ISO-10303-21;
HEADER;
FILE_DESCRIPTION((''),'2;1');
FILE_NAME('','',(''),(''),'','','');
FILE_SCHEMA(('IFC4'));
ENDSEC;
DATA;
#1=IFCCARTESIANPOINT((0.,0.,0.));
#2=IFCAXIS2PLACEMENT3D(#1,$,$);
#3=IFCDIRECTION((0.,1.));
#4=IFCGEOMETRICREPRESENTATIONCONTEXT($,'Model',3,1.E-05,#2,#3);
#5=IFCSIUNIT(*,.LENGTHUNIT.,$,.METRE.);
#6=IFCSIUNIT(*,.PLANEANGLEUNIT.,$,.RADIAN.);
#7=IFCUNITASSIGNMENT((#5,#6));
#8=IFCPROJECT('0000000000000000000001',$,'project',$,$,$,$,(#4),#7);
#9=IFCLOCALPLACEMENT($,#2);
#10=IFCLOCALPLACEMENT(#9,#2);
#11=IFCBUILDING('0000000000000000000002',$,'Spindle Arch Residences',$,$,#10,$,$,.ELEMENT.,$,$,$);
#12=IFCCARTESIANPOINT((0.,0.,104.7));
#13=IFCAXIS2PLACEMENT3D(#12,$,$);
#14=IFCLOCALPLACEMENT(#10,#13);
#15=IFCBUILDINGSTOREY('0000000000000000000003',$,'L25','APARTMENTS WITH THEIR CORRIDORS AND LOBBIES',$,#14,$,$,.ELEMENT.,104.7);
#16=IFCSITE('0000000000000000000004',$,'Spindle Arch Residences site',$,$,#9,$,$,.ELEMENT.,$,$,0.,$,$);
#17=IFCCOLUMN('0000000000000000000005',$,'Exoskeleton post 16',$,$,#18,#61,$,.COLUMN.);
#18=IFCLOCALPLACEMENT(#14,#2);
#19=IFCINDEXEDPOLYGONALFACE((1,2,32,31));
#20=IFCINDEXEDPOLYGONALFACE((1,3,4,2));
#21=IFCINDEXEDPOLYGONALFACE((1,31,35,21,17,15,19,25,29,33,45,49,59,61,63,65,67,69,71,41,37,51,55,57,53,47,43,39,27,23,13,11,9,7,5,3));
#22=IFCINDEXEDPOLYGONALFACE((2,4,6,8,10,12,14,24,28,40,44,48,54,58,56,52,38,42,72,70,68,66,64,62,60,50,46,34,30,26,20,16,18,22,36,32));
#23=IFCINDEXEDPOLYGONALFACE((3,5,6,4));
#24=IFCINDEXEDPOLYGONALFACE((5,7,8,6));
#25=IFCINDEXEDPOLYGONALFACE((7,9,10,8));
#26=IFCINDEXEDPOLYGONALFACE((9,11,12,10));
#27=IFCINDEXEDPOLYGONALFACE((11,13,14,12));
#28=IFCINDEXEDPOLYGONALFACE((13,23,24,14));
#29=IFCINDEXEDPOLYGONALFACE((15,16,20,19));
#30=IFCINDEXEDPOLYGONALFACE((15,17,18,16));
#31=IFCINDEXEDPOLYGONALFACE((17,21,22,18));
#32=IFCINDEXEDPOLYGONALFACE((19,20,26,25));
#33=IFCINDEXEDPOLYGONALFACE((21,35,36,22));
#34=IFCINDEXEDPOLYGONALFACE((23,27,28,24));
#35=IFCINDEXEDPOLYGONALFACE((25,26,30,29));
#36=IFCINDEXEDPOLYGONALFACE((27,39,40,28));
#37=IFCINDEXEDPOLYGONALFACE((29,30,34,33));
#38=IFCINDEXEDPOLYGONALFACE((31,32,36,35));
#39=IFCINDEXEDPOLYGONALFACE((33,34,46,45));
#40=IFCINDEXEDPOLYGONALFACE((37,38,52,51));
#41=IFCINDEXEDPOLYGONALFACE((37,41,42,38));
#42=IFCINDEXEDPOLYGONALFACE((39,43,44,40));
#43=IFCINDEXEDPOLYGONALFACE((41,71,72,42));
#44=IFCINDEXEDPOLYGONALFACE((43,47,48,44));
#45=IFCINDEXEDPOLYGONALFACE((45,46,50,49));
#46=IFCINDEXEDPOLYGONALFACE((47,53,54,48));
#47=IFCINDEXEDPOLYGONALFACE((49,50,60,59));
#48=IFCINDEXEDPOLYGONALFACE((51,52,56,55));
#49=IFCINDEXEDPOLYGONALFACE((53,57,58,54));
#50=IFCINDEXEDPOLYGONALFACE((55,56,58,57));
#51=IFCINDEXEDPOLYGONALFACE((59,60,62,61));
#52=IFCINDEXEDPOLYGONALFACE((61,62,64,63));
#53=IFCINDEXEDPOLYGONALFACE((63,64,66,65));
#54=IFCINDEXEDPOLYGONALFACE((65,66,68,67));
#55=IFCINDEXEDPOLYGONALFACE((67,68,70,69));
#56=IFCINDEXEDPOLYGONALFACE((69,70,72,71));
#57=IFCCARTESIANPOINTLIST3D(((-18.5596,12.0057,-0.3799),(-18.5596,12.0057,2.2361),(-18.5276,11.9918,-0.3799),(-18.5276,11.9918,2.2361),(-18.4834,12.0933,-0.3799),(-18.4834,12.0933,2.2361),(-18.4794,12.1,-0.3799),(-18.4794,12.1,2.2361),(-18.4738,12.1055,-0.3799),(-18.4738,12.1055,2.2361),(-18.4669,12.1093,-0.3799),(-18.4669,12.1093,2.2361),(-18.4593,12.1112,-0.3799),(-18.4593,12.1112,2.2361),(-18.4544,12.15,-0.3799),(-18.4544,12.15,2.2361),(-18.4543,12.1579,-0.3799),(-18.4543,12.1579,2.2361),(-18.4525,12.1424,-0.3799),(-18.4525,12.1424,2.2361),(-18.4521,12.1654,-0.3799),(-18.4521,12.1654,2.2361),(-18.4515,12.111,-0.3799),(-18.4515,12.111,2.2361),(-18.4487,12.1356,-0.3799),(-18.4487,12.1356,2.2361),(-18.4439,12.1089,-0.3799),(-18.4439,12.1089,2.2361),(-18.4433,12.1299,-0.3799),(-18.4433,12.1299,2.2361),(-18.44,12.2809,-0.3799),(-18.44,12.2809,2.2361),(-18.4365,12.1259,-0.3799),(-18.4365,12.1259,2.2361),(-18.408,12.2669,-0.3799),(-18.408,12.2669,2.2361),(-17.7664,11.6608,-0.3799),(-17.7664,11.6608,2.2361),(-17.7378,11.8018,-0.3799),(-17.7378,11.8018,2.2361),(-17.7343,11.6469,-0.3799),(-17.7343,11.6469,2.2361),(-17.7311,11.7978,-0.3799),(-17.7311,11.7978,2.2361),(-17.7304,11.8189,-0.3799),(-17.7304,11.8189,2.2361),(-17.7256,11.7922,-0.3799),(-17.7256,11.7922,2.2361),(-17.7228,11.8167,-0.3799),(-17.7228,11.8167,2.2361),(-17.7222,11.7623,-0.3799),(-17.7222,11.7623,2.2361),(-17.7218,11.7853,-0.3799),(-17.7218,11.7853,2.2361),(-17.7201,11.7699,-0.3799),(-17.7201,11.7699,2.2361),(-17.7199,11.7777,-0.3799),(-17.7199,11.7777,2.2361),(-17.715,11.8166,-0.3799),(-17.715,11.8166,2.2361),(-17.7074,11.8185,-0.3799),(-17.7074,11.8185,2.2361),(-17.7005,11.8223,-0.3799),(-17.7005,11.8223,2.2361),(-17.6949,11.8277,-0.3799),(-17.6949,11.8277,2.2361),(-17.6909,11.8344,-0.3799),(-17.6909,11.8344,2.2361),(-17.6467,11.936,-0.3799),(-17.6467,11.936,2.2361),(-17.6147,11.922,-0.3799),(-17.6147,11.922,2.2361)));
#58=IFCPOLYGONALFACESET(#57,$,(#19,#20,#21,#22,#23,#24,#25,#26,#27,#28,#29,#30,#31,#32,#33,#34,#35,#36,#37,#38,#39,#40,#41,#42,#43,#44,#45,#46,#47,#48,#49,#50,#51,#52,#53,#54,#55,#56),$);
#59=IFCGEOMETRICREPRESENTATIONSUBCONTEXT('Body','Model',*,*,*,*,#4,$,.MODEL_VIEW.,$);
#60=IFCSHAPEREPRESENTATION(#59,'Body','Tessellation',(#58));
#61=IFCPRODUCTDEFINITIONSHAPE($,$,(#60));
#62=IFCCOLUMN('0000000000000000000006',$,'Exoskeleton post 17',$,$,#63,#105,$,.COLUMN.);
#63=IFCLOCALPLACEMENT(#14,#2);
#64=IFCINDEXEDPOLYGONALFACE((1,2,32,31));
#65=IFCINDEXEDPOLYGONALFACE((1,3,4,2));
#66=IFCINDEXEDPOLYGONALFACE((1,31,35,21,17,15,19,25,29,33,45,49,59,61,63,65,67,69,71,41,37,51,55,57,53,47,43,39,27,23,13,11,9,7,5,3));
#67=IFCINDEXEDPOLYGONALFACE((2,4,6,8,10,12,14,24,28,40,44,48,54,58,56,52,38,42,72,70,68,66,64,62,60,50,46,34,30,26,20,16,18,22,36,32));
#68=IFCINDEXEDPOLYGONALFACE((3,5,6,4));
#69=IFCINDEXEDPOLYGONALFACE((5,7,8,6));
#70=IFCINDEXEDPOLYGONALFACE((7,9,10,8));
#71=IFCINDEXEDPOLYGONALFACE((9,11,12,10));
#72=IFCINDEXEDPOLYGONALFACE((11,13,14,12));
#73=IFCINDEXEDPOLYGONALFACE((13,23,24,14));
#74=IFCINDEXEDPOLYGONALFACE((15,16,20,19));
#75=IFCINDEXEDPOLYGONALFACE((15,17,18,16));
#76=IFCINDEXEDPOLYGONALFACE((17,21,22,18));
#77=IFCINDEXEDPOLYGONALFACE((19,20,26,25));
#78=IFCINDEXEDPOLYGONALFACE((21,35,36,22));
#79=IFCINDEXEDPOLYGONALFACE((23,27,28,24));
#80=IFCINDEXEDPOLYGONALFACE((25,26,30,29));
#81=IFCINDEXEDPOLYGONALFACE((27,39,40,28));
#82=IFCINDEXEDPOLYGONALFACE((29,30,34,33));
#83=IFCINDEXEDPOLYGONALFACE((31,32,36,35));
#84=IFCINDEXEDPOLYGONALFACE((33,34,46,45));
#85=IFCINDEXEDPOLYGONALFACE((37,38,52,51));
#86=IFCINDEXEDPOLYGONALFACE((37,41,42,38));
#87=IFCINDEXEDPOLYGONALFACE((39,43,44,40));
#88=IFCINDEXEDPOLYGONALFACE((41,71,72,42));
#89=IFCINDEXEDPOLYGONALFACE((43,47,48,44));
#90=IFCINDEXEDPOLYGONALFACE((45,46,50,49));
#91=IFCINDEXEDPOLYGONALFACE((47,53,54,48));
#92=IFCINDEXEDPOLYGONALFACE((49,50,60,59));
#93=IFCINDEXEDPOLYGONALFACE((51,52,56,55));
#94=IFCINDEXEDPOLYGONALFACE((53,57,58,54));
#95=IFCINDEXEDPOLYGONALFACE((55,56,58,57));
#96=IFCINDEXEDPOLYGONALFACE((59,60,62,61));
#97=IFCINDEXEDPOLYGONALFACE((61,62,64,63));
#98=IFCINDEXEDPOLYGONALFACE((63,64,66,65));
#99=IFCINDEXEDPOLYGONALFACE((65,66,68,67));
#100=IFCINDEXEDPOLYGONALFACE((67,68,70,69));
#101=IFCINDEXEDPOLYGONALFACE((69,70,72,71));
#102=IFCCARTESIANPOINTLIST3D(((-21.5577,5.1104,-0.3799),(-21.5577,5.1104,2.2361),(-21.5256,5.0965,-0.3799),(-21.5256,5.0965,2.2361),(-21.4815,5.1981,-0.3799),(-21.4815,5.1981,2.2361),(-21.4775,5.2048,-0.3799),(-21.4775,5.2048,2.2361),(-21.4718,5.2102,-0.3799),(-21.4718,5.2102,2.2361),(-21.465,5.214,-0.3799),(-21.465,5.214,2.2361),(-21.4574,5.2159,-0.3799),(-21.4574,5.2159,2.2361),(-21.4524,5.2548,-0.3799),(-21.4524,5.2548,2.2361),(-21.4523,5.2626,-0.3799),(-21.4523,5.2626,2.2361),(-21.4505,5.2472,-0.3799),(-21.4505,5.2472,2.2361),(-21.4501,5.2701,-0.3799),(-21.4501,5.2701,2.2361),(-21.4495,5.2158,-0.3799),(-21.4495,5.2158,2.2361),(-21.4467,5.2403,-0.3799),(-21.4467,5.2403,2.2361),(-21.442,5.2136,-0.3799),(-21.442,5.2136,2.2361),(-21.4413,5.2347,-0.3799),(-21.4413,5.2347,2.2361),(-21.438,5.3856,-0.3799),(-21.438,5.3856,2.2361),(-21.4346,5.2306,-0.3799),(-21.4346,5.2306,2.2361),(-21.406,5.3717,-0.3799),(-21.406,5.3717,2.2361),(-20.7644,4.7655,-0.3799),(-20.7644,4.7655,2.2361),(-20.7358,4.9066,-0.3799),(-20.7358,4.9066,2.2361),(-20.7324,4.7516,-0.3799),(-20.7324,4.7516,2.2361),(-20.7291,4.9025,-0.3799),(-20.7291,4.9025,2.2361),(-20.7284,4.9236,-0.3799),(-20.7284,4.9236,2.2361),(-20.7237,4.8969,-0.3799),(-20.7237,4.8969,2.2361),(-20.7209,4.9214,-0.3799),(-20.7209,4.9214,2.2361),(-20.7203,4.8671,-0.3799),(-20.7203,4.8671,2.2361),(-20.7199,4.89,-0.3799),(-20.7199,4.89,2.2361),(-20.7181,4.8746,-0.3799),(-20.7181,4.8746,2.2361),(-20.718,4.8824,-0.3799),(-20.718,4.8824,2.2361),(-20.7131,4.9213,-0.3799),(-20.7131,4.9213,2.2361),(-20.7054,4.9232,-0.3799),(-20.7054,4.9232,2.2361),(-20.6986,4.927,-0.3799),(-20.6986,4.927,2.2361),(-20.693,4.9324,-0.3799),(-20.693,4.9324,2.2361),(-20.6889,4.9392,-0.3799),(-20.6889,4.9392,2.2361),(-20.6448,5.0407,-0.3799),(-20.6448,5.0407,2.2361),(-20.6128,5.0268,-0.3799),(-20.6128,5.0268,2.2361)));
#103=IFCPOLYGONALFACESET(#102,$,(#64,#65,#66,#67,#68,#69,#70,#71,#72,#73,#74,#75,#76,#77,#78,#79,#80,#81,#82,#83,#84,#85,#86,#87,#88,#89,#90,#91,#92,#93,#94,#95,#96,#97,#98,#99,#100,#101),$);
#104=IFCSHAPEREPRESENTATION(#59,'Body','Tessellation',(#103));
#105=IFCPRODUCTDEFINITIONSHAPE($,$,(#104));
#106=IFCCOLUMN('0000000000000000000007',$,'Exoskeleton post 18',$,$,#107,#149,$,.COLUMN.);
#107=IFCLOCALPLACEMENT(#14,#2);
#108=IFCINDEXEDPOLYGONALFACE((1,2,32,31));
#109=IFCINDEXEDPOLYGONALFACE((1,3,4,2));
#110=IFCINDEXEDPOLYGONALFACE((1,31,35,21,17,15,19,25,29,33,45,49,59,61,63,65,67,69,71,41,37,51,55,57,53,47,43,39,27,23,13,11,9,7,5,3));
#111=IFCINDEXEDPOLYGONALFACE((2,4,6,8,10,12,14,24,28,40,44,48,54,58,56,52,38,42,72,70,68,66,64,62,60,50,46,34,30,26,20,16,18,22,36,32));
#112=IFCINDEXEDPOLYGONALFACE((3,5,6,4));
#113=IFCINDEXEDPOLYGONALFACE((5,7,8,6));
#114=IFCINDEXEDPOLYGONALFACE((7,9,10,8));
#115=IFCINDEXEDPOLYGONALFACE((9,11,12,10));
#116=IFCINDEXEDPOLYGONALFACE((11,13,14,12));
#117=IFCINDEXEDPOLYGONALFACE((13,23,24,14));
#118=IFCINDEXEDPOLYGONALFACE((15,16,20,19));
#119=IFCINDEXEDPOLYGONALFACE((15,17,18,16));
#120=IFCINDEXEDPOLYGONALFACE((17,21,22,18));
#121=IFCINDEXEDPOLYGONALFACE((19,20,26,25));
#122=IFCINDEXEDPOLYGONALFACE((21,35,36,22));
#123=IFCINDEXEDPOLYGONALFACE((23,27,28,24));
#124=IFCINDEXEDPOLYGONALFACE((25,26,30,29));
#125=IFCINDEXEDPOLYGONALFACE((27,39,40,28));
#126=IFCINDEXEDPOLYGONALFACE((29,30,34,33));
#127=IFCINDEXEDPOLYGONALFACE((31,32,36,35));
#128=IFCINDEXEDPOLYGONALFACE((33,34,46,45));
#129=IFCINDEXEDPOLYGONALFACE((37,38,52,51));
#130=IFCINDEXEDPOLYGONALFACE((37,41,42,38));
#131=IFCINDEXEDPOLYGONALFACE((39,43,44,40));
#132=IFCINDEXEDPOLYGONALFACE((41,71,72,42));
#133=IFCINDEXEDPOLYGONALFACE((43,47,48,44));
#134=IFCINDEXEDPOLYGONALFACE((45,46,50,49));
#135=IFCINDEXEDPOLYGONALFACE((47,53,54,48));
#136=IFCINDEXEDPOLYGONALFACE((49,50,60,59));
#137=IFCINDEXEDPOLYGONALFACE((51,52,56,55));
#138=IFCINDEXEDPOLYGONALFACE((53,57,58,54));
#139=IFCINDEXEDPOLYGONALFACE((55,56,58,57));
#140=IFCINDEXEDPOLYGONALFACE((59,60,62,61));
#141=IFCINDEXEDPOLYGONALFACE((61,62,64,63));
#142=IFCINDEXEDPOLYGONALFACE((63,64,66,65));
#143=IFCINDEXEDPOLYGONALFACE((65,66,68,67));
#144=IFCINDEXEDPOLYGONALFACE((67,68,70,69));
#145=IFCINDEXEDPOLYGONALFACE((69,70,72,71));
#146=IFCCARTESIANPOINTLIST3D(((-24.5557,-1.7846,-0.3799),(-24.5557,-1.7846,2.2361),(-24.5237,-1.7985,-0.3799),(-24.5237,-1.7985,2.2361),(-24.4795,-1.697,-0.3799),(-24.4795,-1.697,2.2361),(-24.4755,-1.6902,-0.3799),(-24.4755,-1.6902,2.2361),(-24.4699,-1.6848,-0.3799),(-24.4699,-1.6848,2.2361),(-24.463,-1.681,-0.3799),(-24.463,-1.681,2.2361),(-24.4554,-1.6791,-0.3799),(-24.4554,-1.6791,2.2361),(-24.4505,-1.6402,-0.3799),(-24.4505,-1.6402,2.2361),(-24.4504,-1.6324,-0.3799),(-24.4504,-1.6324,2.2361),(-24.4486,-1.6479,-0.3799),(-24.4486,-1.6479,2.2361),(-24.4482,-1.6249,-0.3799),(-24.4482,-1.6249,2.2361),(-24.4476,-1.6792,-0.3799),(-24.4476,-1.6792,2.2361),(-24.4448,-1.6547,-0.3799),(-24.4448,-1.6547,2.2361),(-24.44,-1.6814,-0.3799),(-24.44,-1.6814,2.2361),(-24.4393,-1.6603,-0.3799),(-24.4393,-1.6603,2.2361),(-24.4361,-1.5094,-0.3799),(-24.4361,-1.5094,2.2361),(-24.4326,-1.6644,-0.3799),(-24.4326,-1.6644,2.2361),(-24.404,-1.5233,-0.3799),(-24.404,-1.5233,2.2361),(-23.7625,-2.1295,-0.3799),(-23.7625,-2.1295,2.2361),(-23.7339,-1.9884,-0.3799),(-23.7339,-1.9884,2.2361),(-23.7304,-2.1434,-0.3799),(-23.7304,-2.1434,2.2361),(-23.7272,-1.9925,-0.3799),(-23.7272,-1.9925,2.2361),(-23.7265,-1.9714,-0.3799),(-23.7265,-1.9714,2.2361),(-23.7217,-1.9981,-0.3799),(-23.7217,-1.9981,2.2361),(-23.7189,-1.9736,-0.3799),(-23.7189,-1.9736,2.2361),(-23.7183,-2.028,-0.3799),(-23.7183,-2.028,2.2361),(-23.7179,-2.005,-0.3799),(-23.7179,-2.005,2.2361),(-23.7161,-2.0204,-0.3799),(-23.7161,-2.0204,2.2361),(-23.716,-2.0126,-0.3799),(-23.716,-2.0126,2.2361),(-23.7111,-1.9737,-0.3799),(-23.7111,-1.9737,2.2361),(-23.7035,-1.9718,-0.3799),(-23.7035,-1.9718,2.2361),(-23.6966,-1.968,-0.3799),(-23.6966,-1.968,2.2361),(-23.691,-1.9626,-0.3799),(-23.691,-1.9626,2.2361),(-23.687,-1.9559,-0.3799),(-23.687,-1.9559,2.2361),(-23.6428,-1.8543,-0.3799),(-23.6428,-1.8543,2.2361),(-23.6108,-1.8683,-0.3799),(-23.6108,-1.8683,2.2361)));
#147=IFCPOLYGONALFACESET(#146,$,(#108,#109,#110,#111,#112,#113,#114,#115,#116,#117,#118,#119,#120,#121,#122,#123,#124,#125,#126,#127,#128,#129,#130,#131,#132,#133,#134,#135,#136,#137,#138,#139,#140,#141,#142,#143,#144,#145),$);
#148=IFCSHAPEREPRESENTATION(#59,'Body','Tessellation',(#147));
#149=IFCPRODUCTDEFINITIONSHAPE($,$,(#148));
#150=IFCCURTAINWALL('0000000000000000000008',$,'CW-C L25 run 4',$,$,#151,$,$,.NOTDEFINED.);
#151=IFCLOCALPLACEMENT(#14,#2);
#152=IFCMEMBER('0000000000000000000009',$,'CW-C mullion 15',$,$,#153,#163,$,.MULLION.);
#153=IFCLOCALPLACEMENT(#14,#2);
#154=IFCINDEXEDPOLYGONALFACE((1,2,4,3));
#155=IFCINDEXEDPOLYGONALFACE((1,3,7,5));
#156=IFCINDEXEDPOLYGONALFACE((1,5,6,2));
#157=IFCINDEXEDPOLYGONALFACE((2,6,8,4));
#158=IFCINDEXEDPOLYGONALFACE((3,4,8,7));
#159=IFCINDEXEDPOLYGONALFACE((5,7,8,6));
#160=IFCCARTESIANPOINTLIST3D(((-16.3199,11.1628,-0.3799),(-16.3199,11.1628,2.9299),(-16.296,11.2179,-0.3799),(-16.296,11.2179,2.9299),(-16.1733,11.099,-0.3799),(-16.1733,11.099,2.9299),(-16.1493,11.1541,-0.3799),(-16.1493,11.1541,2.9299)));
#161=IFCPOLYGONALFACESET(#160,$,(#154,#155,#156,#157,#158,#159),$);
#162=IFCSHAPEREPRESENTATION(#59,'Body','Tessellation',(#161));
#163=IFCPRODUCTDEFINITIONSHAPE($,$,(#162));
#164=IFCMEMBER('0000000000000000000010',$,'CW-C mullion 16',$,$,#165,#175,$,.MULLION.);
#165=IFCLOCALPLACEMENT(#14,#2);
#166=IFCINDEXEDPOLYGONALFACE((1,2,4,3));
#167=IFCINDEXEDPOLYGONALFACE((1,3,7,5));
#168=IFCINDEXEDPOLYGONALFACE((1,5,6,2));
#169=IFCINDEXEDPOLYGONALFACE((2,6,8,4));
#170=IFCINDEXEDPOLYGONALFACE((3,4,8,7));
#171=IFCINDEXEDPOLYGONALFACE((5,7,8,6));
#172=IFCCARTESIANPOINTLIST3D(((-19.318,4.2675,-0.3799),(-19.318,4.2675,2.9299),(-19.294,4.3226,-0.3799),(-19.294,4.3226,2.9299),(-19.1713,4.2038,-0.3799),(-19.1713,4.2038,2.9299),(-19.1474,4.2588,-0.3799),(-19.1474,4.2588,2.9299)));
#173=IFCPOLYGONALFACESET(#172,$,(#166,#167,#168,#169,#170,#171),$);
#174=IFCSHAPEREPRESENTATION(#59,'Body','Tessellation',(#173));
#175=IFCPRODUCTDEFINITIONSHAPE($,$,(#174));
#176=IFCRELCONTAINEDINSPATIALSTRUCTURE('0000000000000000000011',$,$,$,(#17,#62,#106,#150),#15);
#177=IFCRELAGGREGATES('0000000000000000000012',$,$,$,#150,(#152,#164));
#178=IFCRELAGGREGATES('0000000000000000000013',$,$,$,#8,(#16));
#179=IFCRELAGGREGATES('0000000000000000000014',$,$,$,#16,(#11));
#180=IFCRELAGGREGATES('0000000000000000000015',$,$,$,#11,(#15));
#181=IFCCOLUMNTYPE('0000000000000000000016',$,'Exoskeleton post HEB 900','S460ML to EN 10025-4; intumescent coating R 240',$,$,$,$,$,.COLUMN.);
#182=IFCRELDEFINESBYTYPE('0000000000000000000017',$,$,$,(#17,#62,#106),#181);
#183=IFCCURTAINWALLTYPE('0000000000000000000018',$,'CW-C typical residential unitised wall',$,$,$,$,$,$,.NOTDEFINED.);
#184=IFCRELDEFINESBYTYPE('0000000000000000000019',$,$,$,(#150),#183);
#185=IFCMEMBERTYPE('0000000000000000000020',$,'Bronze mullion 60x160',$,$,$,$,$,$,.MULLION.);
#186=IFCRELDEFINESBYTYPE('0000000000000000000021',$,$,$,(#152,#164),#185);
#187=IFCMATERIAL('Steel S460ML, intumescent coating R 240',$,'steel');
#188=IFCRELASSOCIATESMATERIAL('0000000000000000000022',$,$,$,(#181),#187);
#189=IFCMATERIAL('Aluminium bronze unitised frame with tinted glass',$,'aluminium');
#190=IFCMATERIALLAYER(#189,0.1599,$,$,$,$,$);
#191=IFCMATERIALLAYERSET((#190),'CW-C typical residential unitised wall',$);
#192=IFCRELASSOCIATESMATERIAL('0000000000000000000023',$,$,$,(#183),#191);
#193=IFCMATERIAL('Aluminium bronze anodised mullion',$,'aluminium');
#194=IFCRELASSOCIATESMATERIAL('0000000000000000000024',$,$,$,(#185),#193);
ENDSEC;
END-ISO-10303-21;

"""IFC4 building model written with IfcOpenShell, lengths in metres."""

from ifc_helpers import new_model, si_unit, direction, frame, origin, origin_2d, place, context, subcontext, project, spatial, rectangle, i_section, extrude, material, layer, layer_set, material_profile, profile_set, type_object, element, aggregate, save


model = new_model("IFC4")

# Units and contexts
model_context = context("Model", 3, precision=1e-05, world=origin(), true_north=direction((0.0, 1.0)))
body_context = subcontext(model_context, "Body", "Model", "MODEL_VIEW")
ifc_project = project(units=[si_unit("LENGTHUNIT", "METRE"), si_unit("PLANEANGLEUNIT", "RADIAN")], contexts=[model_context])

# Site, building, storey
site_placement = place(None, origin())
site = spatial("IfcSite", under=ifc_project, at=site_placement, Name="Spindle Arch Residences site", CompositionType="ELEMENT", RefElevation=0.0)
building_placement = place(site_placement, origin())
building = spatial("IfcBuilding", under=site, at=building_placement, Name="Spindle Arch Residences", CompositionType="ELEMENT")
storey_placement = place(building_placement, frame((0.0, 0.0, 104.7)))
storey = spatial("IfcBuildingStorey", under=building, at=storey_placement, Name="L25", Description="APARTMENTS WITH THEIR CORRIDORS AND LOBBIES", CompositionType="ELEMENT", Elevation=104.7)

# Columns
ifc_material_1 = material(Name="Steel S460ML, intumescent coating R 240", Category="steel")
ifc_material_profile_1 = material_profile(ifc_material_1, i_section(OverallWidth=0.3, OverallDepth=0.8999, WebThickness=0.0186, FlangeThickness=0.0349, FilletRadius=0.03, at=origin_2d()), Name="HEB 900")
ifc_profile_set_1 = profile_set([ifc_material_profile_1], Name="Steel S460ML, intumescent coating R 240")
column_type = type_object("IfcColumnType", Name="Exoskeleton post HEB 900", Description="S460ML to EN 10025-4; intumescent coating R 240", PredefinedType="COLUMN", material=ifc_profile_set_1)
for number, where, z_axis, x_axis, name in (
    (1, (-18.0872, 11.9639, -0.3799), (0.0, 0.0, 1.0), (0.398749, 0.91706, 0.0), "Exoskeleton post 16"),
    (2, (-21.0852, 5.0686, -0.3799), (0.0, 0.0, 1.0), (0.398749, 0.91706, 0.0), "Exoskeleton post 17"),
    (3, (-24.0833, -1.8264, -0.3799), (0.0, 0.0, 1.0), (0.398749, 0.91706, 0.0), "Exoskeleton post 18"),
):
    element("IfcColumn", number, at=place(storey_placement, frame(where, z_axis=z_axis, x_axis=x_axis)), inside=storey, type_object=column_type, Name=name, PredefinedType="COLUMN", context=body_context, shape_type="SweptSolid", body=[
        extrude(i_section(OverallWidth=0.3, OverallDepth=0.8999, WebThickness=0.0186, FlangeThickness=0.0349, FilletRadius=0.03, at=origin_2d()), origin(), (0.0, 0.0, 1.0), 2.616),
    ])

# Curtain wall, members
ifc_material_2 = material(Name="Aluminium bronze unitised frame with tinted glass", Category="aluminium")
ifc_layer_1 = layer(ifc_material_2, 0.1599)
ifc_layer_set_1 = layer_set([ifc_layer_1], Name="CW-C typical residential unitised wall")
curtain_wall_type = type_object("IfcCurtainWallType", Name="CW-C typical residential unitised wall", PredefinedType="NOTDEFINED", material=ifc_layer_set_1)
curtain_wall_placement = place(storey_placement, origin())
curtain_wall = element("IfcCurtainWall", 4, at=curtain_wall_placement, inside=storey, type_object=curtain_wall_type, Name="CW-C L25 run 4", PredefinedType="NOTDEFINED")
ifc_material_3 = material(Name="Aluminium bronze anodised mullion", Category="aluminium")
ifc_material_profile_2 = material_profile(ifc_material_3, rectangle(XDim=0.1599, YDim=0.0601, at=origin_2d()), Name="MU 60x160")
ifc_profile_set_2 = profile_set([ifc_material_profile_2], Name="Aluminium bronze anodised mullion")
member_type = type_object("IfcMemberType", Name="Bronze mullion 60x160", PredefinedType="MULLION", material=ifc_profile_set_2)
member_1_placement = place(storey_placement, frame((-16.2346, 11.1584, -0.3799), z_axis=(0.0, 0.0, 1.0), x_axis=(0.91706, -0.398749, 0.0)))
member_1 = element("IfcMember", 5, at=member_1_placement, type_object=member_type, Name="CW-C mullion 15", PredefinedType="MULLION", context=body_context, shape_type="SweptSolid", body=[
    extrude(rectangle(XDim=0.1599, YDim=0.0601, at=origin_2d()), origin(), (0.0, 0.0, 1.0), 3.3098),
])
member_2_placement = place(storey_placement, frame((-19.2327, 4.2632, -0.3799), z_axis=(0.0, 0.0, 1.0), x_axis=(0.91706, -0.398749, 0.0)))
member_2 = element("IfcMember", 6, at=member_2_placement, type_object=member_type, Name="CW-C mullion 16", PredefinedType="MULLION", context=body_context, shape_type="SweptSolid", body=[
    extrude(rectangle(XDim=0.1599, YDim=0.0601, at=origin_2d()), origin(), (0.0, 0.0, 1.0), 3.3098),
])

aggregate(curtain_wall, [member_1, member_2])

save(model, "model.ifc")
